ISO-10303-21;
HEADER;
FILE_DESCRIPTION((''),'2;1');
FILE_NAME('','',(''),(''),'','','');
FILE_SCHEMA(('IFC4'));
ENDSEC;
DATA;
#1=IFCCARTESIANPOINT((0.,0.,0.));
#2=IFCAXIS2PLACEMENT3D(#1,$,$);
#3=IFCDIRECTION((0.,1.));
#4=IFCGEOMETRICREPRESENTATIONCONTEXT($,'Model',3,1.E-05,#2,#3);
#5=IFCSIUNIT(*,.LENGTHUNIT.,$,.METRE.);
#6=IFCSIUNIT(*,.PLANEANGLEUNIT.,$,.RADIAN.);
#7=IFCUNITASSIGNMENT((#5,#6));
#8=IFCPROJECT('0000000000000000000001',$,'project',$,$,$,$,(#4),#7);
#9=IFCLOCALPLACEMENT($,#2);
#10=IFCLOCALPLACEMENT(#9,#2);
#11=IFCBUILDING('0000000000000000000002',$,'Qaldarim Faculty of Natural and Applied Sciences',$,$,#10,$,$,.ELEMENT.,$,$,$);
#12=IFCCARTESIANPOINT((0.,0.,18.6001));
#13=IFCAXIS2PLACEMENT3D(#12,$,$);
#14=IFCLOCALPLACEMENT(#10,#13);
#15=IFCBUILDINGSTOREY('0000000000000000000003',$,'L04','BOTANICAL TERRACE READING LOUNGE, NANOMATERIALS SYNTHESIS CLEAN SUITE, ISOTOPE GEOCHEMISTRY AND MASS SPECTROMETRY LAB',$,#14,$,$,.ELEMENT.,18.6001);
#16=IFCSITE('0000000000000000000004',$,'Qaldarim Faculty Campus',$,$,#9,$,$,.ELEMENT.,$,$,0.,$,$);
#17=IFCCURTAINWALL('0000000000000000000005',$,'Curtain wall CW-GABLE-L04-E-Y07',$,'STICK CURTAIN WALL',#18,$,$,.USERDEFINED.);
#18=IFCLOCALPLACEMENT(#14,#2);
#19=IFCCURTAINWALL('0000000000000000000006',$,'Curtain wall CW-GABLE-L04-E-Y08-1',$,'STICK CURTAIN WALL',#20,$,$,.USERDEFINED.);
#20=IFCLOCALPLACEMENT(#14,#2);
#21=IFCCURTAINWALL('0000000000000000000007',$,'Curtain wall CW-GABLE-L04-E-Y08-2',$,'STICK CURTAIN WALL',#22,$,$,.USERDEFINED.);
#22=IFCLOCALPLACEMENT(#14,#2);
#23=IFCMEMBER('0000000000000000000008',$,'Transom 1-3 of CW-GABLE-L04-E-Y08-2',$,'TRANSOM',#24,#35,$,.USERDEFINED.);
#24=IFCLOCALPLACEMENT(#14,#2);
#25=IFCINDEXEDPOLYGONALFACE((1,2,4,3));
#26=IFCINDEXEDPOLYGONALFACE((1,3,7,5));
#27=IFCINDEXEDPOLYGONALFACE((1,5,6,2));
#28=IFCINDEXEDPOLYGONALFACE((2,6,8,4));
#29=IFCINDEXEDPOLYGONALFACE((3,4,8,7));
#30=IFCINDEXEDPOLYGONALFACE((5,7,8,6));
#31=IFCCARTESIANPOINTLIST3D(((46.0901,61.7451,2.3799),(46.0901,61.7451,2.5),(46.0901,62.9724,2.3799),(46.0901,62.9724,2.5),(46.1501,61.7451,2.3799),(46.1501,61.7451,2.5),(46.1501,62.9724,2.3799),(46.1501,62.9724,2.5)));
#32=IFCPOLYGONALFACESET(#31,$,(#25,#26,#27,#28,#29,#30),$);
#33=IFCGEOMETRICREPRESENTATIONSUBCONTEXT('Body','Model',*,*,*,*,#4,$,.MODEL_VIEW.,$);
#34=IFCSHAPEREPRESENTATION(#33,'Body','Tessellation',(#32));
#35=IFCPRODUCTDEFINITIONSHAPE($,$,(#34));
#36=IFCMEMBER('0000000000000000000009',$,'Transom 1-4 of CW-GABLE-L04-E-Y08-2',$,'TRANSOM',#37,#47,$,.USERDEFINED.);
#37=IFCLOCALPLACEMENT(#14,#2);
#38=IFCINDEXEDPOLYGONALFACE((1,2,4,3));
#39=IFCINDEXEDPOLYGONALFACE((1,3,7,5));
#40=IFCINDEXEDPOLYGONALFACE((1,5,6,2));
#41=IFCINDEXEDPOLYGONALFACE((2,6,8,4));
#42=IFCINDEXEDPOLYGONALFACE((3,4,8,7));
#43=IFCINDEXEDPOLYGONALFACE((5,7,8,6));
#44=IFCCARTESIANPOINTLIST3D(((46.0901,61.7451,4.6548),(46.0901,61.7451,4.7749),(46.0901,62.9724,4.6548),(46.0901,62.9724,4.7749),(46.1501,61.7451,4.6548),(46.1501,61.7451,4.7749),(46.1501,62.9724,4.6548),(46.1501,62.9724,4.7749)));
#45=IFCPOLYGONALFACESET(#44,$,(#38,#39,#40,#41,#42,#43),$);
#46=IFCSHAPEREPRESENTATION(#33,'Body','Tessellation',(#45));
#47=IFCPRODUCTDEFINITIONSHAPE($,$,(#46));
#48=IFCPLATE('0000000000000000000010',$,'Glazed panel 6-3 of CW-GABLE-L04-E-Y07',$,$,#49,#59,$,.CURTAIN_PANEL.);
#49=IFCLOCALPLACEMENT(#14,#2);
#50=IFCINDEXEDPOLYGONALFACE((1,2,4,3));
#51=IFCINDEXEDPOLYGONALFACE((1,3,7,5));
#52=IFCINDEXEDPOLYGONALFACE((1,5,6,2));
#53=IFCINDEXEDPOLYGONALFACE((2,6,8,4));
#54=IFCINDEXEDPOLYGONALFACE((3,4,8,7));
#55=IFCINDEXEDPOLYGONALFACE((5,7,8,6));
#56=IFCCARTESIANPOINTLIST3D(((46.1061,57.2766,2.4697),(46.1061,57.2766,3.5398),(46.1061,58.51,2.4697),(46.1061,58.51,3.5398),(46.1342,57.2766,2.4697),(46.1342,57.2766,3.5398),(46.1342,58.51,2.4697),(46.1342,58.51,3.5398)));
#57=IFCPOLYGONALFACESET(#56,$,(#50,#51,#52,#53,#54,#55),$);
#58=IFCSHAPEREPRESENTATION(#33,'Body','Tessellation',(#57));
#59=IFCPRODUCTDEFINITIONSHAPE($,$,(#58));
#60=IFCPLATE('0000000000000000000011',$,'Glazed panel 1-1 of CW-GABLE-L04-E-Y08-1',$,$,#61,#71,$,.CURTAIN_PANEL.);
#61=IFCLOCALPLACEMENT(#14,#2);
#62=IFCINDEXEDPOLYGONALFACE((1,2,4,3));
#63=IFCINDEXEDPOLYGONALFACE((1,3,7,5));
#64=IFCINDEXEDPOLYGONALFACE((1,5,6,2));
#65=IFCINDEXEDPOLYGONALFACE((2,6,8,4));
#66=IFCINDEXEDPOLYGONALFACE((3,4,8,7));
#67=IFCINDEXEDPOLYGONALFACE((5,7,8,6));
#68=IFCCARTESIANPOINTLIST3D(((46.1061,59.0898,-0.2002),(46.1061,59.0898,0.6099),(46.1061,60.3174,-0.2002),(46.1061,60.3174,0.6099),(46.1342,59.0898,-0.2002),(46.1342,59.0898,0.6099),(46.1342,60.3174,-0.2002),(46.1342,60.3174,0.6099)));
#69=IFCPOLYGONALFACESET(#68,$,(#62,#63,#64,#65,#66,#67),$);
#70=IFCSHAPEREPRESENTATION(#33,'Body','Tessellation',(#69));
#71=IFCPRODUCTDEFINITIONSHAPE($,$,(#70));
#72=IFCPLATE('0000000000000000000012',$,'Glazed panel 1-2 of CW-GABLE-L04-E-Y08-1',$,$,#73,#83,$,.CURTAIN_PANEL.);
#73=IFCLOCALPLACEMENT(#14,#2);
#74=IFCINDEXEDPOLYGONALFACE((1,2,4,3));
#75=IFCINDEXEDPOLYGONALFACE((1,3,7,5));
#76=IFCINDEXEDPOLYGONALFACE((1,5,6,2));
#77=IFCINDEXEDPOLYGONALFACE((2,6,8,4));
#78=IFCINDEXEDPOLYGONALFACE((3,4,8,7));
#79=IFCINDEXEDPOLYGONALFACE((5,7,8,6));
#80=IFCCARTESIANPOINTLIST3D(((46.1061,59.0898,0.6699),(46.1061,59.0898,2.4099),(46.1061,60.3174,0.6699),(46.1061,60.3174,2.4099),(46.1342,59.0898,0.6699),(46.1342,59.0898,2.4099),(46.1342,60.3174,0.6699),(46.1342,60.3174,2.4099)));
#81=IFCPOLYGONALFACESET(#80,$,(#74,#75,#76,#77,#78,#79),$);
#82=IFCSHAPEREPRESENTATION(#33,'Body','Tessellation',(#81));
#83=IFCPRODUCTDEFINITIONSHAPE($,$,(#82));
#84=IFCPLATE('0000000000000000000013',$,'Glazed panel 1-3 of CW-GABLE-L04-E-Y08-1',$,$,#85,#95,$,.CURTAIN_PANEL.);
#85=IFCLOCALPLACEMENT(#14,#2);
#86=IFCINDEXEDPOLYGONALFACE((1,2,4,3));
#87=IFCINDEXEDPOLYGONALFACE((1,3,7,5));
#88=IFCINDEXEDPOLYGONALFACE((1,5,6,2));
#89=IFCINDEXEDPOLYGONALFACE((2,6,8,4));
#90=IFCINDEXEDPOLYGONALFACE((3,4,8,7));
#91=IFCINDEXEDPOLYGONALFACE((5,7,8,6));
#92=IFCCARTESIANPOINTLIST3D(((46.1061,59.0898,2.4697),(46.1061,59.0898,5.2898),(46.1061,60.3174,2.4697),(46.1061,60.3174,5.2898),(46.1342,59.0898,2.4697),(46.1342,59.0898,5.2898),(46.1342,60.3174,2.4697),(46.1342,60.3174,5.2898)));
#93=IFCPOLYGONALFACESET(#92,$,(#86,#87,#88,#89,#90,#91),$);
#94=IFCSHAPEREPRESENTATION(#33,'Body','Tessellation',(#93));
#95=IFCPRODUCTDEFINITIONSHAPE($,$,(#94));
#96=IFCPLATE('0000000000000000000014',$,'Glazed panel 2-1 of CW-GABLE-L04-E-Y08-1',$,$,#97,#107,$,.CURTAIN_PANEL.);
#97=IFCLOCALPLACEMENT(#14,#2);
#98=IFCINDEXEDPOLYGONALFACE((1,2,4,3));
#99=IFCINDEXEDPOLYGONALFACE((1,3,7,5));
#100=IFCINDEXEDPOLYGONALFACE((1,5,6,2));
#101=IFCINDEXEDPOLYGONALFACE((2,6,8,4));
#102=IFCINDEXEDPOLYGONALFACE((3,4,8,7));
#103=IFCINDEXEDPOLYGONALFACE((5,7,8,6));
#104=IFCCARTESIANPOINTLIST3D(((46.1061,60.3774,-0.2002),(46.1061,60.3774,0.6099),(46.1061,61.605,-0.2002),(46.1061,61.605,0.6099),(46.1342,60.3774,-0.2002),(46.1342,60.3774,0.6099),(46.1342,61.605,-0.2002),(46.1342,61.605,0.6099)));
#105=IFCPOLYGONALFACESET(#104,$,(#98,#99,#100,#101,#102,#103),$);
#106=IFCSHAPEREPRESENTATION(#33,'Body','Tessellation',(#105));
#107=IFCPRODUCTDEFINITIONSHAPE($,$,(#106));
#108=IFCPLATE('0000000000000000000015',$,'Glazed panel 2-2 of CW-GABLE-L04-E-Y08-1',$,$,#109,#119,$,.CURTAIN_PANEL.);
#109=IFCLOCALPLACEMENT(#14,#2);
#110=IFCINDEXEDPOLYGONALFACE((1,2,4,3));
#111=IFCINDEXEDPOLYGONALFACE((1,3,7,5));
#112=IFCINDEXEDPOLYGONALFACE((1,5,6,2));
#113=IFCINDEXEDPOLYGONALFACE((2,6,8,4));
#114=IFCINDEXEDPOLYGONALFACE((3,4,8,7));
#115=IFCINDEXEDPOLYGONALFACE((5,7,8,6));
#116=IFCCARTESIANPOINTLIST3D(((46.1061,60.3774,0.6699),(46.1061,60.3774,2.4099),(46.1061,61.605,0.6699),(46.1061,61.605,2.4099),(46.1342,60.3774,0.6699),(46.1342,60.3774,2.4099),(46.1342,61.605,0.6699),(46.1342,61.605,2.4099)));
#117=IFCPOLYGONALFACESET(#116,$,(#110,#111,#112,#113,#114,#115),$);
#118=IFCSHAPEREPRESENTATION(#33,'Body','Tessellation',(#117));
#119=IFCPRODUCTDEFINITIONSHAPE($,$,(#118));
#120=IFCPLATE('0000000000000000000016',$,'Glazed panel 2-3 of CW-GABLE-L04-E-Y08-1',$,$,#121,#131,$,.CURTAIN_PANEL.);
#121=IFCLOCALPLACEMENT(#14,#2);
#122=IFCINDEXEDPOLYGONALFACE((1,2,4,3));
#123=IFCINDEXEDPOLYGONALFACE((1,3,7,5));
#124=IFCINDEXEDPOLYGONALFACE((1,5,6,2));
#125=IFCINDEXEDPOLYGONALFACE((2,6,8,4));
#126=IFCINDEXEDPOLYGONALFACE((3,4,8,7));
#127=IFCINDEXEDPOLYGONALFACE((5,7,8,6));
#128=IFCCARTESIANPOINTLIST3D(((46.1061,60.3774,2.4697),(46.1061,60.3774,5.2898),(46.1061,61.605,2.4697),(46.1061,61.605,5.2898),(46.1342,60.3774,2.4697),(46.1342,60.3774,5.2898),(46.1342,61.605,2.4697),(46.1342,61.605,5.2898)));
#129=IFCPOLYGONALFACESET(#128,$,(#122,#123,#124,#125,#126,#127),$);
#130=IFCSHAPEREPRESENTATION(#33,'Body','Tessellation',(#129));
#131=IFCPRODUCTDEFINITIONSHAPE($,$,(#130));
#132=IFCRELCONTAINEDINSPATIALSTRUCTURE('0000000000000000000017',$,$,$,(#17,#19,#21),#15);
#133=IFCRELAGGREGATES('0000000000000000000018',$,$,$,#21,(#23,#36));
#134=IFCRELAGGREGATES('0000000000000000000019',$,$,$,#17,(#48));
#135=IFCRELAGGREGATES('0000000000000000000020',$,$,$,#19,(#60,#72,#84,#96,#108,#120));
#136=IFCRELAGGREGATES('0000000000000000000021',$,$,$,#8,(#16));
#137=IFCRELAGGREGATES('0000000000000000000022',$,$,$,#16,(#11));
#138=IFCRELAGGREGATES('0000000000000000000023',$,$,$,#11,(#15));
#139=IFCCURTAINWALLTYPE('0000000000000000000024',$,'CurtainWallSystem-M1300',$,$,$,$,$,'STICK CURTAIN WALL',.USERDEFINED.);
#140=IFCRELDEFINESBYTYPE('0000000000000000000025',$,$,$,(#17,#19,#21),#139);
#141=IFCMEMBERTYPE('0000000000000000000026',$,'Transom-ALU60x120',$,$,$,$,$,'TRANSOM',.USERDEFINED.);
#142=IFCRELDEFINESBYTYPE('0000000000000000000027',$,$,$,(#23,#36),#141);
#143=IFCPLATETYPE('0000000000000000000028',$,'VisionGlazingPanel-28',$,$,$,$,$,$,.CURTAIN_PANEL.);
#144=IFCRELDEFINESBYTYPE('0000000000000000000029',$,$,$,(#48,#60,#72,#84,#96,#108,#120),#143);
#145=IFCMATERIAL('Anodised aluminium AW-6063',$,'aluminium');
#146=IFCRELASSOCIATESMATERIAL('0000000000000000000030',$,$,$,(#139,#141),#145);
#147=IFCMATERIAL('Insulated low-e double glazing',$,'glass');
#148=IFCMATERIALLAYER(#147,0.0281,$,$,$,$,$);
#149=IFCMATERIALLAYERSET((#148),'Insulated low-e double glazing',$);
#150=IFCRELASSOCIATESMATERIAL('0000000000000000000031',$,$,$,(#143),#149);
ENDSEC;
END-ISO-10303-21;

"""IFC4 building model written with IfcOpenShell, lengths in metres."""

from ifc_helpers import new_model, si_unit, direction, frame, origin, origin_2d, place, context, subcontext, project, spatial, rectangle, extrude, material, layer, layer_set, material_profile, profile_set, type_object, element, aggregate, save


model = new_model("IFC4")

# Units and contexts
model_context = context("Model", 3, precision=1e-05, world=origin(), true_north=direction((0.0, 1.0)))
body_context = subcontext(model_context, "Body", "Model", "MODEL_VIEW")
ifc_project = project(units=[si_unit("LENGTHUNIT", "METRE"), si_unit("PLANEANGLEUNIT", "RADIAN")], contexts=[model_context])

# Site, building, storey
site_placement = place(None, origin())
site = spatial("IfcSite", under=ifc_project, at=site_placement, Name="Qaldarim Faculty Campus", CompositionType="ELEMENT", RefElevation=0.0)
building_placement = place(site_placement, origin())
building = spatial("IfcBuilding", under=site, at=building_placement, Name="Qaldarim Faculty of Natural and Applied Sciences", CompositionType="ELEMENT")
storey_placement = place(building_placement, frame((0.0, 0.0, 18.6001)))
storey = spatial("IfcBuildingStorey", under=building, at=storey_placement, Name="L04", Description="BOTANICAL TERRACE READING LOUNGE, NANOMATERIALS SYNTHESIS CLEAN SUITE, ISOTOPE GEOCHEMISTRY AND MASS SPECTROMETRY LAB", CompositionType="ELEMENT", Elevation=18.6001)

# Curtain wall
ifc_material_1 = material(Name="Anodised aluminium AW-6063", Category="aluminium")
curtain_wall_type = type_object("IfcCurtainWallType", Name="CurtainWallSystem-M1300", ElementType="STICK CURTAIN WALL", PredefinedType="USERDEFINED", material=ifc_material_1)
curtain_wall_1_placement = place(storey_placement, origin())
curtain_wall_1 = element("IfcCurtainWall", 1, at=curtain_wall_1_placement, inside=storey, type_object=curtain_wall_type, Name="Curtain wall CW-GABLE-L04-E-Y07", ObjectType="STICK CURTAIN WALL", PredefinedType="USERDEFINED")

# Curtain wall
curtain_wall_2_placement = place(storey_placement, origin())
curtain_wall_2 = element("IfcCurtainWall", 2, at=curtain_wall_2_placement, inside=storey, type_object=curtain_wall_type, Name="Curtain wall CW-GABLE-L04-E-Y08-1", ObjectType="STICK CURTAIN WALL", PredefinedType="USERDEFINED")

# Curtain wall
curtain_wall_3_placement = place(storey_placement, origin())
curtain_wall_3 = element("IfcCurtainWall", 3, at=curtain_wall_3_placement, inside=storey, type_object=curtain_wall_type, Name="Curtain wall CW-GABLE-L04-E-Y08-2", ObjectType="STICK CURTAIN WALL", PredefinedType="USERDEFINED")

# Members
ifc_material_profile_1 = material_profile(ifc_material_1, rectangle(XDim=0.0601, YDim=0.1201, at=origin_2d()), Name="ALU-T60x120")
ifc_profile_set_1 = profile_set([ifc_material_profile_1], Name="Anodised aluminium AW-6063")
member_type_1 = type_object("IfcMemberType", Name="Transom-ALU60x120", ElementType="TRANSOM", PredefinedType="USERDEFINED", material=ifc_profile_set_1)
member_1_placement = place(storey_placement, frame((46.1201, 61.7451, 2.4399), z_axis=(0.0, 1.0, 0.0), x_axis=(-1.0, 0.0, 0.0)))
member_1 = element("IfcMember", 4, at=member_1_placement, type_object=member_type_1, Name="Transom 1-3 of CW-GABLE-L04-E-Y08-2", ObjectType="TRANSOM", PredefinedType="USERDEFINED", context=body_context, shape_type="SweptSolid", body=[
    extrude(rectangle(XDim=0.0601, YDim=0.1201, at=origin_2d()), origin(), (0.0, 0.0, 1.0), 1.2273),
])
member_2_placement = place(storey_placement, frame((46.1201, 61.7451, 4.7148), z_axis=(0.0, 1.0, 0.0), x_axis=(-1.0, 0.0, 0.0)))
member_2 = element("IfcMember", 5, at=member_2_placement, type_object=member_type_1, Name="Transom 1-4 of CW-GABLE-L04-E-Y08-2", ObjectType="TRANSOM", PredefinedType="USERDEFINED", context=body_context, shape_type="SweptSolid", body=[
    extrude(rectangle(XDim=0.0601, YDim=0.1201, at=origin_2d()), origin(), (0.0, 0.0, 1.0), 1.2273),
])
aggregate(curtain_wall_3, [member_1, member_2])

# Plates
ifc_material_2 = material(Name="Insulated low-e double glazing", Category="glass")
ifc_layer = layer(ifc_material_2, 0.0281)
ifc_layer_set = layer_set([ifc_layer], Name="Insulated low-e double glazing")
plate_type = type_object("IfcPlateType", Name="VisionGlazingPanel-28", PredefinedType="CURTAIN_PANEL", material=ifc_layer_set)
plate_1_placement = place(storey_placement, frame((46.1201, 57.8933, 2.4697), z_axis=(0.0, 0.0, 1.0), x_axis=(0.0, 1.0, 0.0)))
plate_1 = element("IfcPlate", 6, at=plate_1_placement, type_object=plate_type, Name="Glazed panel 6-3 of CW-GABLE-L04-E-Y07", PredefinedType="CURTAIN_PANEL", context=body_context, shape_type="SweptSolid", body=[
    extrude(rectangle(XDim=1.2334, YDim=0.0281, at=origin_2d()), origin(), (0.0, 0.0, 1.0), 1.0701),
])
aggregate(curtain_wall_1, [plate_1])
plate_2_placement = place(storey_placement, frame((46.1201, 59.7036, -0.2002), z_axis=(0.0, 0.0, 1.0), x_axis=(0.0, 1.0, 0.0)))
plate_2 = element("IfcPlate", 7, at=plate_2_placement, type_object=plate_type, Name="Glazed panel 1-1 of CW-GABLE-L04-E-Y08-1", PredefinedType="CURTAIN_PANEL", context=body_context, shape_type="SweptSolid", body=[
    extrude(rectangle(XDim=1.2275, YDim=0.0281, at=origin_2d()), origin(), (0.0, 0.0, 1.0), 0.8101),
])
plate_3_placement = place(storey_placement, frame((46.1201, 59.7036, 0.6699), z_axis=(0.0, 0.0, 1.0), x_axis=(0.0, 1.0, 0.0)))
plate_3 = element("IfcPlate", 8, at=plate_3_placement, type_object=plate_type, Name="Glazed panel 1-2 of CW-GABLE-L04-E-Y08-1", PredefinedType="CURTAIN_PANEL", context=body_context, shape_type="SweptSolid", body=[
    extrude(rectangle(XDim=1.2275, YDim=0.0281, at=origin_2d()), origin(), (0.0, 0.0, 1.0), 1.74),
])
plate_4_placement = place(storey_placement, frame((46.1201, 59.7036, 2.4697), z_axis=(0.0, 0.0, 1.0), x_axis=(0.0, 1.0, 0.0)))
plate_4 = element("IfcPlate", 9, at=plate_4_placement, type_object=plate_type, Name="Glazed panel 1-3 of CW-GABLE-L04-E-Y08-1", PredefinedType="CURTAIN_PANEL", context=body_context, shape_type="SweptSolid", body=[
    extrude(rectangle(XDim=1.2275, YDim=0.0281, at=origin_2d()), origin(), (0.0, 0.0, 1.0), 2.8201),
])
plate_5_placement = place(storey_placement, frame((46.1201, 60.9912, -0.2002), z_axis=(0.0, 0.0, 1.0), x_axis=(0.0, 1.0, 0.0)))
plate_5 = element("IfcPlate", 10, at=plate_5_placement, type_object=plate_type, Name="Glazed panel 2-1 of CW-GABLE-L04-E-Y08-1", PredefinedType="CURTAIN_PANEL", context=body_context, shape_type="SweptSolid", body=[
    extrude(rectangle(XDim=1.2275, YDim=0.0281, at=origin_2d()), origin(), (0.0, 0.0, 1.0), 0.8101),
])
plate_6_placement = place(storey_placement, frame((46.1201, 60.9912, 0.6699), z_axis=(0.0, 0.0, 1.0), x_axis=(0.0, 1.0, 0.0)))
plate_6 = element("IfcPlate", 11, at=plate_6_placement, type_object=plate_type, Name="Glazed panel 2-2 of CW-GABLE-L04-E-Y08-1", PredefinedType="CURTAIN_PANEL", context=body_context, shape_type="SweptSolid", body=[
    extrude(rectangle(XDim=1.2275, YDim=0.0281, at=origin_2d()), origin(), (0.0, 0.0, 1.0), 1.74),
])
plate_7_placement = place(storey_placement, frame((46.1201, 60.9912, 2.4697), z_axis=(0.0, 0.0, 1.0), x_axis=(0.0, 1.0, 0.0)))
plate_7 = element("IfcPlate", 12, at=plate_7_placement, type_object=plate_type, Name="Glazed panel 2-3 of CW-GABLE-L04-E-Y08-1", PredefinedType="CURTAIN_PANEL", context=body_context, shape_type="SweptSolid", body=[
    extrude(rectangle(XDim=1.2275, YDim=0.0281, at=origin_2d()), origin(), (0.0, 0.0, 1.0), 2.8201),
])
aggregate(curtain_wall_2, [plate_2, plate_3, plate_4, plate_5, plate_6, plate_7])

save(model, "model.ifc")
